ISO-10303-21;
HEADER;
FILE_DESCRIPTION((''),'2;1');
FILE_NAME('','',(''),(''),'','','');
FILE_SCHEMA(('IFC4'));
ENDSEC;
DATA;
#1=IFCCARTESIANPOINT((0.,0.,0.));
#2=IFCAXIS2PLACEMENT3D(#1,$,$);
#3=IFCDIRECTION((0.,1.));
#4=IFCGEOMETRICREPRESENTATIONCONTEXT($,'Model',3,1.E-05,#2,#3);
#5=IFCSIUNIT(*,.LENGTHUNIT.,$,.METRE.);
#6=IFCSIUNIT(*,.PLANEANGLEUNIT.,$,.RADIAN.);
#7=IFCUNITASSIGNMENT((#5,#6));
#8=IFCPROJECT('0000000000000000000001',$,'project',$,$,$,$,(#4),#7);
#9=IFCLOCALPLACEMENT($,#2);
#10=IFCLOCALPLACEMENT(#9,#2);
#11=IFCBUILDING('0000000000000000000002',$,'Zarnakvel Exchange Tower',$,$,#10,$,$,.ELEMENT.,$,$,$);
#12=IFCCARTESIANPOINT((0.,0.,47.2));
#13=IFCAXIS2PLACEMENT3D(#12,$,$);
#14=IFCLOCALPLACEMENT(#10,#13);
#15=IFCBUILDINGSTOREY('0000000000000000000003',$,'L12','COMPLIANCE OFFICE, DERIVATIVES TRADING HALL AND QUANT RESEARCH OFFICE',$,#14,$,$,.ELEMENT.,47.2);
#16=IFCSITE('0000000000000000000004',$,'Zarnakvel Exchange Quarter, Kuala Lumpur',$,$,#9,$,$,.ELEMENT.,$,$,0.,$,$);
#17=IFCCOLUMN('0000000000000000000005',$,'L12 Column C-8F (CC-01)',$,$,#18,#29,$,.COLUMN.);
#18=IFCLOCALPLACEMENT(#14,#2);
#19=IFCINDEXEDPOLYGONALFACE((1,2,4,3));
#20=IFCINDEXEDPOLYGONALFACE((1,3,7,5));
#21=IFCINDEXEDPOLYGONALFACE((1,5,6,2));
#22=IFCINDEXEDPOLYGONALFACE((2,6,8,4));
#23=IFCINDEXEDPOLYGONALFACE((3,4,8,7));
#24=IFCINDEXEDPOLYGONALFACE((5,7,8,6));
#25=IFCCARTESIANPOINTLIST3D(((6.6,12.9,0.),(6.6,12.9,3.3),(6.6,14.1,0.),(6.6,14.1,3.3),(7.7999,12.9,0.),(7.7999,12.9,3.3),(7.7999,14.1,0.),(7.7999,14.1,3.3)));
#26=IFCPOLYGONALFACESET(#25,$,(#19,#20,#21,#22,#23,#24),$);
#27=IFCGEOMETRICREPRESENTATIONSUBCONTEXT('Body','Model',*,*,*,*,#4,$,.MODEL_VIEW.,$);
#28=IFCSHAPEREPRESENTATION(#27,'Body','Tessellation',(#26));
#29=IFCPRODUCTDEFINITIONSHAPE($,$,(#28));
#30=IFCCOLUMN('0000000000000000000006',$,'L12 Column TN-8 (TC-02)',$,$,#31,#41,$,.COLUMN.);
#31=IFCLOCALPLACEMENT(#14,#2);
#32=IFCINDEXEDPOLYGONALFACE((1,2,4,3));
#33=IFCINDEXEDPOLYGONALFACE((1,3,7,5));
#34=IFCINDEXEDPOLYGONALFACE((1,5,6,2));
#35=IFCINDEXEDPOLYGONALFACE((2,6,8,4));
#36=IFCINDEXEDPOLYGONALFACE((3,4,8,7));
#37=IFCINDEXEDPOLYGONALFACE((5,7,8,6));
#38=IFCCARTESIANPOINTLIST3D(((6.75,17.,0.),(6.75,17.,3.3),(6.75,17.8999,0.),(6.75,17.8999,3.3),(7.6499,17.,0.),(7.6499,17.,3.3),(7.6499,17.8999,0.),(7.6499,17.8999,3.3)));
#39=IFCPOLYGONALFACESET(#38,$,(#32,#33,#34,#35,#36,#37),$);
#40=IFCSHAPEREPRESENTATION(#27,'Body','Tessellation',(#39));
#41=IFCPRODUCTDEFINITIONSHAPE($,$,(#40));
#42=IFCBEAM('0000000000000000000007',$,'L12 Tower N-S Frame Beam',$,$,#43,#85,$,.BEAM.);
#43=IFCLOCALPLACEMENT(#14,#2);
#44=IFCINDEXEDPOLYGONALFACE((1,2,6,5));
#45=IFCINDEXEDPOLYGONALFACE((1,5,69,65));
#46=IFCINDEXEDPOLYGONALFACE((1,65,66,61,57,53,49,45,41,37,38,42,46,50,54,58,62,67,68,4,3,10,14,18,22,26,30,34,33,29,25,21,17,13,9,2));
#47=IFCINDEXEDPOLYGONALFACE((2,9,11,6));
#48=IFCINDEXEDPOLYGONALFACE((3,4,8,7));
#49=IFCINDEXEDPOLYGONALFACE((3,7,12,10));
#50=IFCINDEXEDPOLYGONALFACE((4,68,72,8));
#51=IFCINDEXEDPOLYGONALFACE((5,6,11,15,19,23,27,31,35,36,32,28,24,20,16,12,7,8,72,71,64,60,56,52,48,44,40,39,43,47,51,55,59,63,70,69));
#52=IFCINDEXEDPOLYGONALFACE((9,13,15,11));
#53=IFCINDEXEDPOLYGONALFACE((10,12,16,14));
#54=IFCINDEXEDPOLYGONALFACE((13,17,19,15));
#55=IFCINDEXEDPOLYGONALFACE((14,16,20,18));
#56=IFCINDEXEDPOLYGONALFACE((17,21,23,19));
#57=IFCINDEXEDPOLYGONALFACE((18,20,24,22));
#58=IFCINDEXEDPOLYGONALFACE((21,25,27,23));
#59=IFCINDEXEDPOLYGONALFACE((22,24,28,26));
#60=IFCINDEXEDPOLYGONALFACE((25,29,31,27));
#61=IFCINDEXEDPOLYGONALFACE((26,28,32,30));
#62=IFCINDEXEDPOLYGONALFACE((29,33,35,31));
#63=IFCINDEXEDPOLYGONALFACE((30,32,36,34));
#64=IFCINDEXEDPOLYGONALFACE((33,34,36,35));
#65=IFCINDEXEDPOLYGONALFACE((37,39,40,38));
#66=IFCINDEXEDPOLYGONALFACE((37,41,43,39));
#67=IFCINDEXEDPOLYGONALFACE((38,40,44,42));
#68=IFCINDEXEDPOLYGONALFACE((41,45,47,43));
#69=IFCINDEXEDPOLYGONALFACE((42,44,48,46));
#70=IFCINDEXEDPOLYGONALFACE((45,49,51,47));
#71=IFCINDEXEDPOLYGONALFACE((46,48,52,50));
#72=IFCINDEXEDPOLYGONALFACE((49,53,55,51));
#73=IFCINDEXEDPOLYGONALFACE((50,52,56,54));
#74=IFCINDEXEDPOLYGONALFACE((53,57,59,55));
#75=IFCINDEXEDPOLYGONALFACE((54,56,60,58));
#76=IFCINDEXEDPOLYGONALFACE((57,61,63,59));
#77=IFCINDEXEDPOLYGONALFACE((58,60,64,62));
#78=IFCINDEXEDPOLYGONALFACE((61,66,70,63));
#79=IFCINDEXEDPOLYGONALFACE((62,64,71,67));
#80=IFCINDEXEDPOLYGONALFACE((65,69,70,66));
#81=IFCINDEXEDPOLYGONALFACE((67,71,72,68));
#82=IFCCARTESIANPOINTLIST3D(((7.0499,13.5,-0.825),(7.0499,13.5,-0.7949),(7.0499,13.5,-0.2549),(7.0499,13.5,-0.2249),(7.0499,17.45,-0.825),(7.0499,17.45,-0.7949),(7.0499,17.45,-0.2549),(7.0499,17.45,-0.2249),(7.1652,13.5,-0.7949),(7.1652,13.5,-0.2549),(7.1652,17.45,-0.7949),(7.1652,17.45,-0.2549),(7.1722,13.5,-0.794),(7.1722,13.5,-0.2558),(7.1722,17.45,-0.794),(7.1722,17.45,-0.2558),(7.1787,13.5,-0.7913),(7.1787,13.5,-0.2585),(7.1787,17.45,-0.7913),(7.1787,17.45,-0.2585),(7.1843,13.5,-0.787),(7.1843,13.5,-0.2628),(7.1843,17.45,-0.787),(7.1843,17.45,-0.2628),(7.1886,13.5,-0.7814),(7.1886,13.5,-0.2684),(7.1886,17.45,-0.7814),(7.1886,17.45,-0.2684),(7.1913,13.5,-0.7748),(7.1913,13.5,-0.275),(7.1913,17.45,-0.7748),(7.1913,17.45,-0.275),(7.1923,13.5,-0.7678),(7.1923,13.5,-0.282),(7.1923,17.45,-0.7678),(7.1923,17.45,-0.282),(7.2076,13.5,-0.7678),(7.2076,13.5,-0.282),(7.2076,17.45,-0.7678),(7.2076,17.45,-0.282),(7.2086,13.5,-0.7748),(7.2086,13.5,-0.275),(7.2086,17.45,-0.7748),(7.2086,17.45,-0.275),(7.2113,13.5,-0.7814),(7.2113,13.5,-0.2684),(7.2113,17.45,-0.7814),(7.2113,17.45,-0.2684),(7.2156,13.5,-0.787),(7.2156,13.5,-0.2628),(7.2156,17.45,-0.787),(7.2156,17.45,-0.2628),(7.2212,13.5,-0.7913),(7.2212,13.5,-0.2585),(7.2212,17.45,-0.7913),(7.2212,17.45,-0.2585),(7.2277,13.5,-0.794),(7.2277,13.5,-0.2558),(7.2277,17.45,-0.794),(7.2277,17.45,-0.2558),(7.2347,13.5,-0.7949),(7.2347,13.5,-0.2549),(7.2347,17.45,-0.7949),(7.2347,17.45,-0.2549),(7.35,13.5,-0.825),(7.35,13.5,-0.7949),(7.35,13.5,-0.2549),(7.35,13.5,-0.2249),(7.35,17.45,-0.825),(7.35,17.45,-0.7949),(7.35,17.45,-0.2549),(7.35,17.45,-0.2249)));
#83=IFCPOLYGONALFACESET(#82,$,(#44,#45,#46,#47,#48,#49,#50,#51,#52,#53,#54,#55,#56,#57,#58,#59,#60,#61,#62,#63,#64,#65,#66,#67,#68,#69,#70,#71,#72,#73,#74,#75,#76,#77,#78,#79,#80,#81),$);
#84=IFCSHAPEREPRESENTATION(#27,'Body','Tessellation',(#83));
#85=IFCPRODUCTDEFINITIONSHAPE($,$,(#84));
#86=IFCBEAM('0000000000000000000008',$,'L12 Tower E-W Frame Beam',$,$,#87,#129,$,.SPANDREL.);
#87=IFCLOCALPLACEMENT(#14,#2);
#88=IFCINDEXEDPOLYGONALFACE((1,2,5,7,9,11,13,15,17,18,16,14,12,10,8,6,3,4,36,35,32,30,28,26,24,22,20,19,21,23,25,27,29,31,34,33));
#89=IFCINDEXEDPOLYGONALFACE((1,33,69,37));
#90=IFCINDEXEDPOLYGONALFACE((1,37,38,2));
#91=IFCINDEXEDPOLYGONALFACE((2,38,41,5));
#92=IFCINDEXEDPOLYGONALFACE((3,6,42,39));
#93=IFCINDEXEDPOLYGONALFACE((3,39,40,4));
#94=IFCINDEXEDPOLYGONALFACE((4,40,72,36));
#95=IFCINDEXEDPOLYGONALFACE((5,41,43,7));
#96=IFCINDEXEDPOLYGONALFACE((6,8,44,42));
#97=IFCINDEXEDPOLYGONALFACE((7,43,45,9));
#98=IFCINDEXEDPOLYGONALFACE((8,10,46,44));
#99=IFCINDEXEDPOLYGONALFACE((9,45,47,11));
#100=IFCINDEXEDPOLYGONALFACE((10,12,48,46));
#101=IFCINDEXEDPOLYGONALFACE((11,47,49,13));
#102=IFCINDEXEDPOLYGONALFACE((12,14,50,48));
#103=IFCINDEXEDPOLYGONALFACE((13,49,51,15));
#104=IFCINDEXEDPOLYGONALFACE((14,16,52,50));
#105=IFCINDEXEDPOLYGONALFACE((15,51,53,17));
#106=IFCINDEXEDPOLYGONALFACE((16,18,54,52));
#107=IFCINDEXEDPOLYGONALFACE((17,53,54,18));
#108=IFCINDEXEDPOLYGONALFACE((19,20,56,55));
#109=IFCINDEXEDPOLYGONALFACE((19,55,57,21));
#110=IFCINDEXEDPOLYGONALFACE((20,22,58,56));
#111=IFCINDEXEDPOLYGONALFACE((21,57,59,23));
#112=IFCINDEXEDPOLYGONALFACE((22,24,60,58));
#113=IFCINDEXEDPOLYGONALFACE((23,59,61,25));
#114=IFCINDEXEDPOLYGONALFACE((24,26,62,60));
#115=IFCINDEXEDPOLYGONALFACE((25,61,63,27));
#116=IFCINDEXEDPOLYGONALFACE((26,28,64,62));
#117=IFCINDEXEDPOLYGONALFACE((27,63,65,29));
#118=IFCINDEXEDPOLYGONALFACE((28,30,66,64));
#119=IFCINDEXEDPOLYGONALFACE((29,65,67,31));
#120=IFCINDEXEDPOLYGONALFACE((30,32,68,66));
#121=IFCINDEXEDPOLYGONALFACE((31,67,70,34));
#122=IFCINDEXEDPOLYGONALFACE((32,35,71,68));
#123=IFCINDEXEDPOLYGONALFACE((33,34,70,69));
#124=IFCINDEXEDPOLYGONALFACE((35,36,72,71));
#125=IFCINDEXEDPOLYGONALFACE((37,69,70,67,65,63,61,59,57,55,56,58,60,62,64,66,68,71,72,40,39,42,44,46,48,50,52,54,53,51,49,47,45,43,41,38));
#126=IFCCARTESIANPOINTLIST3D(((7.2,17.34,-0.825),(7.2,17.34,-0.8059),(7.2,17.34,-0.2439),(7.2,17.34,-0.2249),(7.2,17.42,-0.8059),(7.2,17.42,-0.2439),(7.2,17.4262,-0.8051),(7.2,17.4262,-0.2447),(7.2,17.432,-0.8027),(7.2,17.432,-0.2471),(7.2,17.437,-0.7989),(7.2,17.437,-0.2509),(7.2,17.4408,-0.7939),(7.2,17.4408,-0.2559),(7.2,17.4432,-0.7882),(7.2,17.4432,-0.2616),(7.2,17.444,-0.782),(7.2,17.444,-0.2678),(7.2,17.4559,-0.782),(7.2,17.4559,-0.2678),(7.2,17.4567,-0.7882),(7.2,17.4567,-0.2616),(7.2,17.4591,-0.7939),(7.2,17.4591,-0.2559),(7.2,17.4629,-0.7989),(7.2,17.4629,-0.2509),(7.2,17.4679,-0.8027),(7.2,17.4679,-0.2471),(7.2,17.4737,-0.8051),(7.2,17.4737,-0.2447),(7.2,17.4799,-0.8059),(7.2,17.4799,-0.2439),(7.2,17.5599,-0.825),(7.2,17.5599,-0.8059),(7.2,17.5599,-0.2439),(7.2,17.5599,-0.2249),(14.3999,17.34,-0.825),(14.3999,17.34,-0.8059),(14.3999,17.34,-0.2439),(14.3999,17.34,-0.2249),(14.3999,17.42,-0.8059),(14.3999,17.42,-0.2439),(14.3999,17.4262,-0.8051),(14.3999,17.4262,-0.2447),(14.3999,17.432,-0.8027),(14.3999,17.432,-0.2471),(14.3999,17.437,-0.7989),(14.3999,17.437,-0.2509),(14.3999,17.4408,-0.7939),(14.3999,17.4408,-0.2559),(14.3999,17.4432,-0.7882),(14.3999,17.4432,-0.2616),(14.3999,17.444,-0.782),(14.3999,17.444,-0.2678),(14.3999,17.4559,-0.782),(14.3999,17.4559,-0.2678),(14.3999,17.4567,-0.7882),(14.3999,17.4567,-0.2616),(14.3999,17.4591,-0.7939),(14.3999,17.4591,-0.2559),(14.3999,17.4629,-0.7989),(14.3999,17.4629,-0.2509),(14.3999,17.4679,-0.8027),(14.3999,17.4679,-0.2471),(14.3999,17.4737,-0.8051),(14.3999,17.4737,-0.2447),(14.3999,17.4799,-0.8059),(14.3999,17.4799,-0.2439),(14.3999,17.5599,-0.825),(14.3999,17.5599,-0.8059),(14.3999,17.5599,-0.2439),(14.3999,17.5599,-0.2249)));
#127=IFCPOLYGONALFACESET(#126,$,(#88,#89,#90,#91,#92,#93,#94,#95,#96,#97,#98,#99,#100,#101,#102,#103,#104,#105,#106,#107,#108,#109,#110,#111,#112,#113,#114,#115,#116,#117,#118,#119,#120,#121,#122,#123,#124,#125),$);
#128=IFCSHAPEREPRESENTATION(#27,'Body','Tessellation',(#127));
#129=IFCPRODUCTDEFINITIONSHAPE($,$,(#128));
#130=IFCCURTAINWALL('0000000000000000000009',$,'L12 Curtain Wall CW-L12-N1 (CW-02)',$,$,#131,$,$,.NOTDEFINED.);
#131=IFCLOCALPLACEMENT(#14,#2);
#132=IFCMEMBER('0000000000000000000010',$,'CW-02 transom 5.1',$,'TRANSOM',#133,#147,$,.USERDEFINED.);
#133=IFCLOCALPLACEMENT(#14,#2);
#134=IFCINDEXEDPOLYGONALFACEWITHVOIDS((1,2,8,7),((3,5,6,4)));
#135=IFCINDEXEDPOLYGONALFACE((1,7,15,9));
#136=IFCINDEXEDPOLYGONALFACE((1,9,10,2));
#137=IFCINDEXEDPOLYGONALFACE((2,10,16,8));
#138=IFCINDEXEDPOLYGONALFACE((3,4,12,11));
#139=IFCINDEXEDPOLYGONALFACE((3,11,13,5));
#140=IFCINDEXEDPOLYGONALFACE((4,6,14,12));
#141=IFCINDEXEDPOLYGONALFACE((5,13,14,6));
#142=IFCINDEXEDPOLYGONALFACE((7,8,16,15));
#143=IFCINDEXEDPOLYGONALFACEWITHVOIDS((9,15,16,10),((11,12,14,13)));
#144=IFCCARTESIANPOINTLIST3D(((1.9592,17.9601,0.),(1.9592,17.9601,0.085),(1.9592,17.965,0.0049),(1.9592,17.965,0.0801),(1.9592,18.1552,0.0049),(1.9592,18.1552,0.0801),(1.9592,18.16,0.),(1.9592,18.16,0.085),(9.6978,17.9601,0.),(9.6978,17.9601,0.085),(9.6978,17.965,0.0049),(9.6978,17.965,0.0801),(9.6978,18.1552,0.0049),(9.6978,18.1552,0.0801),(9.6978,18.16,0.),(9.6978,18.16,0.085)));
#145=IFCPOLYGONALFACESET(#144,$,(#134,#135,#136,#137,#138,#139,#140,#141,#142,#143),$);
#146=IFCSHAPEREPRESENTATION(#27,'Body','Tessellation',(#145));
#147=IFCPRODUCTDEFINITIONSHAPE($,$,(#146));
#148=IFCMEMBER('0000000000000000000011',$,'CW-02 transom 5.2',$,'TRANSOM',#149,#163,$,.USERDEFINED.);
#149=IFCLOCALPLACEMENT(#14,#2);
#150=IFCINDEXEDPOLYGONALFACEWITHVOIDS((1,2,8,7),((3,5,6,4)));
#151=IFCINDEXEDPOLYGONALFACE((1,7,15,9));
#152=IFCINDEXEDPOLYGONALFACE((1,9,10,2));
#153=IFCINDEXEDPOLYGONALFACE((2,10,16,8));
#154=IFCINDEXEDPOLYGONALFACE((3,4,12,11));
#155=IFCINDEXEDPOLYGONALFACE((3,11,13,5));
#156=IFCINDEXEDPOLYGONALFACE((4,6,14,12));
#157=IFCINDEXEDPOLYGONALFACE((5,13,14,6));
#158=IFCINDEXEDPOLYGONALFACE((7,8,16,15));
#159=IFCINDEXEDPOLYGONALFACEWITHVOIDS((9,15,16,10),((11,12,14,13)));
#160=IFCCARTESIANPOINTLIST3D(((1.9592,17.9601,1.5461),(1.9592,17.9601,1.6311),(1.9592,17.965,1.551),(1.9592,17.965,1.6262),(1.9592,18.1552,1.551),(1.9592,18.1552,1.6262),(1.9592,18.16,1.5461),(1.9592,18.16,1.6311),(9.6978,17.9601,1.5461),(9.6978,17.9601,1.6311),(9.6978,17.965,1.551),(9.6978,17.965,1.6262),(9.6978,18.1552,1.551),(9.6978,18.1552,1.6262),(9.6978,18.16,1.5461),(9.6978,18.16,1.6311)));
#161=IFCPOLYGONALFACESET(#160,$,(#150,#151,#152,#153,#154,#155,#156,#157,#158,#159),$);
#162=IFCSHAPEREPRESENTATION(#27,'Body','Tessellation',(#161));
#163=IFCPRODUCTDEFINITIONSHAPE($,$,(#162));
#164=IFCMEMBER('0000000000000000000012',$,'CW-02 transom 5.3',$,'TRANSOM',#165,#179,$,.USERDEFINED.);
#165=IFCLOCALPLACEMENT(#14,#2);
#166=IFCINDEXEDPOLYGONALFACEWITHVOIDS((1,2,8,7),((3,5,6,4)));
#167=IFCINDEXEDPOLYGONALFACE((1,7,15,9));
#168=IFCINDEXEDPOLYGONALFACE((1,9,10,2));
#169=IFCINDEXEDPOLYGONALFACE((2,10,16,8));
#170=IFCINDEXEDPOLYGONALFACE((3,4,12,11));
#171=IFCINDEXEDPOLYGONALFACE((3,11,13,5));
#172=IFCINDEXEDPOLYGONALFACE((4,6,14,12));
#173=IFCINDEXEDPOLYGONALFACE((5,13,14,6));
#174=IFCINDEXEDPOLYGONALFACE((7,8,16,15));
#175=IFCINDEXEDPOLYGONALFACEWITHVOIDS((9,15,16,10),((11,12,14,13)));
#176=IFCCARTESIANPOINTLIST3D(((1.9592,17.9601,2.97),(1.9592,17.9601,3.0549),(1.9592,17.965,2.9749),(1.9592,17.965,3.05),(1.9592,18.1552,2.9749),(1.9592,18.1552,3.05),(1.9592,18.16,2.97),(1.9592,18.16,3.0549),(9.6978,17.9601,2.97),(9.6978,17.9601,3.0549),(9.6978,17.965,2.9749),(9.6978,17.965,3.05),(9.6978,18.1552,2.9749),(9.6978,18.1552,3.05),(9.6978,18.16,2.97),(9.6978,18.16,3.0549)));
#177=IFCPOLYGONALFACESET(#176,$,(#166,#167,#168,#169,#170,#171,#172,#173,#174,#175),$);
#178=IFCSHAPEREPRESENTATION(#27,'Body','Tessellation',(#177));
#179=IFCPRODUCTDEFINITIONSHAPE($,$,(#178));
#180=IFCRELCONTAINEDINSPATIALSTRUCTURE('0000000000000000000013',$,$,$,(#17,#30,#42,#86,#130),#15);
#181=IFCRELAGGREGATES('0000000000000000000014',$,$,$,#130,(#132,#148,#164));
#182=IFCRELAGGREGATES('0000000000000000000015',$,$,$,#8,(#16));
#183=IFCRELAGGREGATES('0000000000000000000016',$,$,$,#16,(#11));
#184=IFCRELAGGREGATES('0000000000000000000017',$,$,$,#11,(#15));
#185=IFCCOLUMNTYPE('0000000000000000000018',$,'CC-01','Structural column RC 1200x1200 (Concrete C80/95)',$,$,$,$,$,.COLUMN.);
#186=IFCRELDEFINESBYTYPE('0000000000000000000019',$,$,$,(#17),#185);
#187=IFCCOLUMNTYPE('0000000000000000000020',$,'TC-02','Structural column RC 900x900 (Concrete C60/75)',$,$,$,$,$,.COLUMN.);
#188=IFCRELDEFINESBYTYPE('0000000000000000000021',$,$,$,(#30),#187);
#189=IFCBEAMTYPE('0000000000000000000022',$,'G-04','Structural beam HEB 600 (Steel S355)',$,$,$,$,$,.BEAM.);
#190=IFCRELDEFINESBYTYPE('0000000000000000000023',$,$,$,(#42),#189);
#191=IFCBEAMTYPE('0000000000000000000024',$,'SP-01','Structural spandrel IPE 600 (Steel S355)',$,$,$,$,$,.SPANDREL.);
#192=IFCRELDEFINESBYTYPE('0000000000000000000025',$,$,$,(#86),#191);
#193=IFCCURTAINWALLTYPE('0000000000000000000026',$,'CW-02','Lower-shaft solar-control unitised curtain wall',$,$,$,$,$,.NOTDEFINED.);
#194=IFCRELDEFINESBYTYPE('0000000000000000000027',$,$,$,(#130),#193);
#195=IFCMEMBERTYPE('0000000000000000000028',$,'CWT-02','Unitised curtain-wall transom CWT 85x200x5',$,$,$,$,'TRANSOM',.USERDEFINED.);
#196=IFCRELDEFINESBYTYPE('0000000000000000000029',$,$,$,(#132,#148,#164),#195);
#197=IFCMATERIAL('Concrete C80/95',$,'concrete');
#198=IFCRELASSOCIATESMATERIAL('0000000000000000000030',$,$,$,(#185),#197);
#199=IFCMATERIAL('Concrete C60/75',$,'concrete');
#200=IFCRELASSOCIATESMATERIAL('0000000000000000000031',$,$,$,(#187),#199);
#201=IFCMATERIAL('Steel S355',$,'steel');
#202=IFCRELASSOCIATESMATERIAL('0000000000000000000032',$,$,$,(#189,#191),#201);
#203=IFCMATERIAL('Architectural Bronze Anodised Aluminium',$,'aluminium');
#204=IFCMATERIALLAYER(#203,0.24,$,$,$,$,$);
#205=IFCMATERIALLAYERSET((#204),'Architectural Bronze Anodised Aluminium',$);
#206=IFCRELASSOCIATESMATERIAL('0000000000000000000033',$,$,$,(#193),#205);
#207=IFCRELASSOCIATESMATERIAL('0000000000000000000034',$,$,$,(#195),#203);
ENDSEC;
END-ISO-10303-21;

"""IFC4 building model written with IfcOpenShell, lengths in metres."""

from ifc_helpers import new_model, si_unit, direction, frame, origin, origin_2d, place, context, subcontext, project, spatial, rectangle, hollow_rectangle, i_section, extrude, source, transform, mapped, material, layer, layer_set, material_profile, profile_set, type_object, element, aggregate, save


model = new_model("IFC4")

# Units and contexts
model_context = context("Model", 3, precision=1e-05, world=origin(), true_north=direction((0.0, 1.0)))
body_context = subcontext(model_context, "Body", "Model", "MODEL_VIEW")
ifc_project = project(units=[si_unit("LENGTHUNIT", "METRE"), si_unit("PLANEANGLEUNIT", "RADIAN")], contexts=[model_context])

# Site, building, storey
site_placement = place(None, origin())
site = spatial("IfcSite", under=ifc_project, at=site_placement, Name="Zarnakvel Exchange Quarter, Kuala Lumpur", CompositionType="ELEMENT", RefElevation=0.0)
building_placement = place(site_placement, origin())
building = spatial("IfcBuilding", under=site, at=building_placement, Name="Zarnakvel Exchange Tower", CompositionType="ELEMENT")
storey_placement = place(building_placement, frame((0.0, 0.0, 47.2)))
storey = spatial("IfcBuildingStorey", under=building, at=storey_placement, Name="L12", Description="COMPLIANCE OFFICE, DERIVATIVES TRADING HALL AND QUANT RESEARCH OFFICE", CompositionType="ELEMENT", Elevation=47.2)

# Columns
ifc_material_1 = material(Name="Concrete C80/95", Category="concrete")
ifc_material_profile_1 = material_profile(ifc_material_1, rectangle(XDim=1.2, YDim=1.2, at=origin_2d()))
ifc_profile_set_1 = profile_set([ifc_material_profile_1], Name="Concrete C80/95")
column_type_1 = type_object("IfcColumnType", Name="CC-01", Description="Structural column RC 1200x1200 (Concrete C80/95)", PredefinedType="COLUMN", material=ifc_profile_set_1)
column_1_placement = place(storey_placement, frame((7.2, 13.5, 0.0), z_axis=(0.0, 0.0, 1.0), x_axis=(1.0, 0.0, 0.0)))
element("IfcColumn", 1, at=column_1_placement, inside=storey, type_object=column_type_1, Name="L12 Column C-8F (CC-01)", PredefinedType="COLUMN", context=body_context, shape_type="SweptSolid", body=[
    extrude(rectangle(XDim=1.2, YDim=1.2, at=origin_2d()), origin(), (0.0, 0.0, 1.0), 3.3),
])
ifc_material_2 = material(Name="Concrete C60/75", Category="concrete")
ifc_material_profile_2 = material_profile(ifc_material_2, rectangle(XDim=0.8999, YDim=0.8999, at=origin_2d()))
ifc_profile_set_2 = profile_set([ifc_material_profile_2], Name="Concrete C60/75")
column_type_2 = type_object("IfcColumnType", Name="TC-02", Description="Structural column RC 900x900 (Concrete C60/75)", PredefinedType="COLUMN", material=ifc_profile_set_2)
column_2_placement = place(storey_placement, frame((7.2, 17.45, 0.0), z_axis=(0.0, 0.0, 1.0), x_axis=(1.0, 0.0, 0.0)))
element("IfcColumn", 2, at=column_2_placement, inside=storey, type_object=column_type_2, Name="L12 Column TN-8 (TC-02)", PredefinedType="COLUMN", context=body_context, shape_type="SweptSolid", body=[
    extrude(rectangle(XDim=0.8999, YDim=0.8999, at=origin_2d()), origin(), (0.0, 0.0, 1.0), 3.3),
])

# Beams
ifc_material_3 = material(Name="Steel S355", Category="steel")
ifc_material_profile_3 = material_profile(ifc_material_3, i_section(OverallWidth=0.3, OverallDepth=0.6001, WebThickness=0.0154, FlangeThickness=0.03, FilletRadius=0.0271, at=origin_2d()))
ifc_profile_set_3 = profile_set([ifc_material_profile_3], Name="Steel S355")
beam_type_1 = type_object("IfcBeamType", Name="G-04", Description="Structural beam HEB 600 (Steel S355)", PredefinedType="BEAM", material=ifc_profile_set_3)
beam_1_placement = place(storey_placement, frame((7.2, 13.5, -0.5249), z_axis=(0.0, 1.0, 0.0), x_axis=(-1.0, 0.0, 0.0)))
element("IfcBeam", 3, at=beam_1_placement, inside=storey, type_object=beam_type_1, Name="L12 Tower N-S Frame Beam", PredefinedType="BEAM", context=body_context, shape_type="SweptSolid", body=[
    extrude(i_section(OverallWidth=0.3, OverallDepth=0.6001, WebThickness=0.0154, FlangeThickness=0.03, FilletRadius=0.0271, at=origin_2d()), origin(), (0.0, 0.0, 1.0), 3.95),
])
ifc_material_profile_4 = material_profile(ifc_material_3, i_section(OverallWidth=0.22, OverallDepth=0.6001, WebThickness=0.012, FlangeThickness=0.019, FilletRadius=0.0239, at=origin_2d()))
ifc_profile_set_4 = profile_set([ifc_material_profile_4], Name="Steel S355")
beam_type_2 = type_object("IfcBeamType", Name="SP-01", Description="Structural spandrel IPE 600 (Steel S355)", PredefinedType="SPANDREL", material=ifc_profile_set_4)
beam_2_placement = place(storey_placement, frame((7.2, 17.45, -0.5249), z_axis=(1.0, 0.0, 0.0), x_axis=(0.0, 1.0, 0.0)))
element("IfcBeam", 4, at=beam_2_placement, inside=storey, type_object=beam_type_2, Name="L12 Tower E-W Frame Beam", PredefinedType="SPANDREL", context=body_context, shape_type="SweptSolid", body=[
    extrude(i_section(OverallWidth=0.22, OverallDepth=0.6001, WebThickness=0.012, FlangeThickness=0.019, FilletRadius=0.0239, at=origin_2d()), origin(), (0.0, 0.0, 1.0), 7.2),
])

# Curtain wall, members
ifc_material_4 = material(Name="Architectural Bronze Anodised Aluminium", Category="aluminium")
ifc_layer_1 = layer(ifc_material_4, 0.24)
ifc_layer_set_1 = layer_set([ifc_layer_1], Name="Architectural Bronze Anodised Aluminium")
curtain_wall_type = type_object("IfcCurtainWallType", Name="CW-02", Description="Lower-shaft solar-control unitised curtain wall", PredefinedType="NOTDEFINED", material=ifc_layer_set_1)
curtain_wall_placement = place(storey_placement, origin())
curtain_wall = element("IfcCurtainWall", 5, at=curtain_wall_placement, inside=storey, type_object=curtain_wall_type, Name="L12 Curtain Wall CW-L12-N1 (CW-02)", PredefinedType="NOTDEFINED")
ifc_material_profile_5 = material_profile(ifc_material_4, hollow_rectangle(XDim=0.2, YDim=0.085, WallThickness=0.0049, at=origin_2d()))
ifc_profile_set_5 = profile_set([ifc_material_profile_5], Name="Architectural Bronze Anodised Aluminium")
member_type_1 = type_object("IfcMemberType", Name="CWT-02", Description="Unitised curtain-wall transom CWT 85x200x5", ElementType="TRANSOM", PredefinedType="USERDEFINED", material=ifc_profile_set_5)
shared_shape_1 = source(origin(), body_context, "Body", "SweptSolid", [
    extrude(hollow_rectangle(XDim=0.2, YDim=0.085, WallThickness=0.0049, at=origin_2d()), origin(), (0.0, 0.0, 1.0), 7.7385),
])
member_1_placement = place(storey_placement, frame((1.9592, 18.0601, 0.0425), z_axis=(1.0, 0.0, 0.0), x_axis=(0.0, 1.0, 0.0)))
member_1 = element("IfcMember", 6, at=member_1_placement, type_object=member_type_1, Name="CW-02 transom 5.1", ObjectType="TRANSOM", PredefinedType="USERDEFINED", context=body_context, shape_type="MappedRepresentation", body=[
    mapped(shared_shape_1, transform((0.0, 0.0, 0.0), x_axis=(1.0, 0.0, 0.0), y_axis=(0.0, 1.0, 0.0), z_axis=(0.0, 0.0, 1.0), scale=1.0)),
])
member_2_placement = place(storey_placement, frame((1.9592, 18.0601, 1.5886), z_axis=(1.0, 0.0, 0.0), x_axis=(0.0, 1.0, 0.0)))
member_2 = element("IfcMember", 7, at=member_2_placement, type_object=member_type_1, Name="CW-02 transom 5.2", ObjectType="TRANSOM", PredefinedType="USERDEFINED", context=body_context, shape_type="MappedRepresentation", body=[
    mapped(shared_shape_1, transform((0.0, 0.0, 0.0), x_axis=(1.0, 0.0, 0.0), y_axis=(0.0, 1.0, 0.0), z_axis=(0.0, 0.0, 1.0), scale=1.0)),
])
member_3_placement = place(storey_placement, frame((1.9592, 18.0601, 3.0125), z_axis=(1.0, 0.0, 0.0), x_axis=(0.0, 1.0, 0.0)))
member_3 = element("IfcMember", 8, at=member_3_placement, type_object=member_type_1, Name="CW-02 transom 5.3", ObjectType="TRANSOM", PredefinedType="USERDEFINED", context=body_context, shape_type="MappedRepresentation", body=[
    mapped(shared_shape_1, transform((0.0, 0.0, 0.0), x_axis=(1.0, 0.0, 0.0), y_axis=(0.0, 1.0, 0.0), z_axis=(0.0, 0.0, 1.0), scale=1.0)),
])
aggregate(curtain_wall, [member_1, member_2, member_3])

save(model, "model.ifc")
